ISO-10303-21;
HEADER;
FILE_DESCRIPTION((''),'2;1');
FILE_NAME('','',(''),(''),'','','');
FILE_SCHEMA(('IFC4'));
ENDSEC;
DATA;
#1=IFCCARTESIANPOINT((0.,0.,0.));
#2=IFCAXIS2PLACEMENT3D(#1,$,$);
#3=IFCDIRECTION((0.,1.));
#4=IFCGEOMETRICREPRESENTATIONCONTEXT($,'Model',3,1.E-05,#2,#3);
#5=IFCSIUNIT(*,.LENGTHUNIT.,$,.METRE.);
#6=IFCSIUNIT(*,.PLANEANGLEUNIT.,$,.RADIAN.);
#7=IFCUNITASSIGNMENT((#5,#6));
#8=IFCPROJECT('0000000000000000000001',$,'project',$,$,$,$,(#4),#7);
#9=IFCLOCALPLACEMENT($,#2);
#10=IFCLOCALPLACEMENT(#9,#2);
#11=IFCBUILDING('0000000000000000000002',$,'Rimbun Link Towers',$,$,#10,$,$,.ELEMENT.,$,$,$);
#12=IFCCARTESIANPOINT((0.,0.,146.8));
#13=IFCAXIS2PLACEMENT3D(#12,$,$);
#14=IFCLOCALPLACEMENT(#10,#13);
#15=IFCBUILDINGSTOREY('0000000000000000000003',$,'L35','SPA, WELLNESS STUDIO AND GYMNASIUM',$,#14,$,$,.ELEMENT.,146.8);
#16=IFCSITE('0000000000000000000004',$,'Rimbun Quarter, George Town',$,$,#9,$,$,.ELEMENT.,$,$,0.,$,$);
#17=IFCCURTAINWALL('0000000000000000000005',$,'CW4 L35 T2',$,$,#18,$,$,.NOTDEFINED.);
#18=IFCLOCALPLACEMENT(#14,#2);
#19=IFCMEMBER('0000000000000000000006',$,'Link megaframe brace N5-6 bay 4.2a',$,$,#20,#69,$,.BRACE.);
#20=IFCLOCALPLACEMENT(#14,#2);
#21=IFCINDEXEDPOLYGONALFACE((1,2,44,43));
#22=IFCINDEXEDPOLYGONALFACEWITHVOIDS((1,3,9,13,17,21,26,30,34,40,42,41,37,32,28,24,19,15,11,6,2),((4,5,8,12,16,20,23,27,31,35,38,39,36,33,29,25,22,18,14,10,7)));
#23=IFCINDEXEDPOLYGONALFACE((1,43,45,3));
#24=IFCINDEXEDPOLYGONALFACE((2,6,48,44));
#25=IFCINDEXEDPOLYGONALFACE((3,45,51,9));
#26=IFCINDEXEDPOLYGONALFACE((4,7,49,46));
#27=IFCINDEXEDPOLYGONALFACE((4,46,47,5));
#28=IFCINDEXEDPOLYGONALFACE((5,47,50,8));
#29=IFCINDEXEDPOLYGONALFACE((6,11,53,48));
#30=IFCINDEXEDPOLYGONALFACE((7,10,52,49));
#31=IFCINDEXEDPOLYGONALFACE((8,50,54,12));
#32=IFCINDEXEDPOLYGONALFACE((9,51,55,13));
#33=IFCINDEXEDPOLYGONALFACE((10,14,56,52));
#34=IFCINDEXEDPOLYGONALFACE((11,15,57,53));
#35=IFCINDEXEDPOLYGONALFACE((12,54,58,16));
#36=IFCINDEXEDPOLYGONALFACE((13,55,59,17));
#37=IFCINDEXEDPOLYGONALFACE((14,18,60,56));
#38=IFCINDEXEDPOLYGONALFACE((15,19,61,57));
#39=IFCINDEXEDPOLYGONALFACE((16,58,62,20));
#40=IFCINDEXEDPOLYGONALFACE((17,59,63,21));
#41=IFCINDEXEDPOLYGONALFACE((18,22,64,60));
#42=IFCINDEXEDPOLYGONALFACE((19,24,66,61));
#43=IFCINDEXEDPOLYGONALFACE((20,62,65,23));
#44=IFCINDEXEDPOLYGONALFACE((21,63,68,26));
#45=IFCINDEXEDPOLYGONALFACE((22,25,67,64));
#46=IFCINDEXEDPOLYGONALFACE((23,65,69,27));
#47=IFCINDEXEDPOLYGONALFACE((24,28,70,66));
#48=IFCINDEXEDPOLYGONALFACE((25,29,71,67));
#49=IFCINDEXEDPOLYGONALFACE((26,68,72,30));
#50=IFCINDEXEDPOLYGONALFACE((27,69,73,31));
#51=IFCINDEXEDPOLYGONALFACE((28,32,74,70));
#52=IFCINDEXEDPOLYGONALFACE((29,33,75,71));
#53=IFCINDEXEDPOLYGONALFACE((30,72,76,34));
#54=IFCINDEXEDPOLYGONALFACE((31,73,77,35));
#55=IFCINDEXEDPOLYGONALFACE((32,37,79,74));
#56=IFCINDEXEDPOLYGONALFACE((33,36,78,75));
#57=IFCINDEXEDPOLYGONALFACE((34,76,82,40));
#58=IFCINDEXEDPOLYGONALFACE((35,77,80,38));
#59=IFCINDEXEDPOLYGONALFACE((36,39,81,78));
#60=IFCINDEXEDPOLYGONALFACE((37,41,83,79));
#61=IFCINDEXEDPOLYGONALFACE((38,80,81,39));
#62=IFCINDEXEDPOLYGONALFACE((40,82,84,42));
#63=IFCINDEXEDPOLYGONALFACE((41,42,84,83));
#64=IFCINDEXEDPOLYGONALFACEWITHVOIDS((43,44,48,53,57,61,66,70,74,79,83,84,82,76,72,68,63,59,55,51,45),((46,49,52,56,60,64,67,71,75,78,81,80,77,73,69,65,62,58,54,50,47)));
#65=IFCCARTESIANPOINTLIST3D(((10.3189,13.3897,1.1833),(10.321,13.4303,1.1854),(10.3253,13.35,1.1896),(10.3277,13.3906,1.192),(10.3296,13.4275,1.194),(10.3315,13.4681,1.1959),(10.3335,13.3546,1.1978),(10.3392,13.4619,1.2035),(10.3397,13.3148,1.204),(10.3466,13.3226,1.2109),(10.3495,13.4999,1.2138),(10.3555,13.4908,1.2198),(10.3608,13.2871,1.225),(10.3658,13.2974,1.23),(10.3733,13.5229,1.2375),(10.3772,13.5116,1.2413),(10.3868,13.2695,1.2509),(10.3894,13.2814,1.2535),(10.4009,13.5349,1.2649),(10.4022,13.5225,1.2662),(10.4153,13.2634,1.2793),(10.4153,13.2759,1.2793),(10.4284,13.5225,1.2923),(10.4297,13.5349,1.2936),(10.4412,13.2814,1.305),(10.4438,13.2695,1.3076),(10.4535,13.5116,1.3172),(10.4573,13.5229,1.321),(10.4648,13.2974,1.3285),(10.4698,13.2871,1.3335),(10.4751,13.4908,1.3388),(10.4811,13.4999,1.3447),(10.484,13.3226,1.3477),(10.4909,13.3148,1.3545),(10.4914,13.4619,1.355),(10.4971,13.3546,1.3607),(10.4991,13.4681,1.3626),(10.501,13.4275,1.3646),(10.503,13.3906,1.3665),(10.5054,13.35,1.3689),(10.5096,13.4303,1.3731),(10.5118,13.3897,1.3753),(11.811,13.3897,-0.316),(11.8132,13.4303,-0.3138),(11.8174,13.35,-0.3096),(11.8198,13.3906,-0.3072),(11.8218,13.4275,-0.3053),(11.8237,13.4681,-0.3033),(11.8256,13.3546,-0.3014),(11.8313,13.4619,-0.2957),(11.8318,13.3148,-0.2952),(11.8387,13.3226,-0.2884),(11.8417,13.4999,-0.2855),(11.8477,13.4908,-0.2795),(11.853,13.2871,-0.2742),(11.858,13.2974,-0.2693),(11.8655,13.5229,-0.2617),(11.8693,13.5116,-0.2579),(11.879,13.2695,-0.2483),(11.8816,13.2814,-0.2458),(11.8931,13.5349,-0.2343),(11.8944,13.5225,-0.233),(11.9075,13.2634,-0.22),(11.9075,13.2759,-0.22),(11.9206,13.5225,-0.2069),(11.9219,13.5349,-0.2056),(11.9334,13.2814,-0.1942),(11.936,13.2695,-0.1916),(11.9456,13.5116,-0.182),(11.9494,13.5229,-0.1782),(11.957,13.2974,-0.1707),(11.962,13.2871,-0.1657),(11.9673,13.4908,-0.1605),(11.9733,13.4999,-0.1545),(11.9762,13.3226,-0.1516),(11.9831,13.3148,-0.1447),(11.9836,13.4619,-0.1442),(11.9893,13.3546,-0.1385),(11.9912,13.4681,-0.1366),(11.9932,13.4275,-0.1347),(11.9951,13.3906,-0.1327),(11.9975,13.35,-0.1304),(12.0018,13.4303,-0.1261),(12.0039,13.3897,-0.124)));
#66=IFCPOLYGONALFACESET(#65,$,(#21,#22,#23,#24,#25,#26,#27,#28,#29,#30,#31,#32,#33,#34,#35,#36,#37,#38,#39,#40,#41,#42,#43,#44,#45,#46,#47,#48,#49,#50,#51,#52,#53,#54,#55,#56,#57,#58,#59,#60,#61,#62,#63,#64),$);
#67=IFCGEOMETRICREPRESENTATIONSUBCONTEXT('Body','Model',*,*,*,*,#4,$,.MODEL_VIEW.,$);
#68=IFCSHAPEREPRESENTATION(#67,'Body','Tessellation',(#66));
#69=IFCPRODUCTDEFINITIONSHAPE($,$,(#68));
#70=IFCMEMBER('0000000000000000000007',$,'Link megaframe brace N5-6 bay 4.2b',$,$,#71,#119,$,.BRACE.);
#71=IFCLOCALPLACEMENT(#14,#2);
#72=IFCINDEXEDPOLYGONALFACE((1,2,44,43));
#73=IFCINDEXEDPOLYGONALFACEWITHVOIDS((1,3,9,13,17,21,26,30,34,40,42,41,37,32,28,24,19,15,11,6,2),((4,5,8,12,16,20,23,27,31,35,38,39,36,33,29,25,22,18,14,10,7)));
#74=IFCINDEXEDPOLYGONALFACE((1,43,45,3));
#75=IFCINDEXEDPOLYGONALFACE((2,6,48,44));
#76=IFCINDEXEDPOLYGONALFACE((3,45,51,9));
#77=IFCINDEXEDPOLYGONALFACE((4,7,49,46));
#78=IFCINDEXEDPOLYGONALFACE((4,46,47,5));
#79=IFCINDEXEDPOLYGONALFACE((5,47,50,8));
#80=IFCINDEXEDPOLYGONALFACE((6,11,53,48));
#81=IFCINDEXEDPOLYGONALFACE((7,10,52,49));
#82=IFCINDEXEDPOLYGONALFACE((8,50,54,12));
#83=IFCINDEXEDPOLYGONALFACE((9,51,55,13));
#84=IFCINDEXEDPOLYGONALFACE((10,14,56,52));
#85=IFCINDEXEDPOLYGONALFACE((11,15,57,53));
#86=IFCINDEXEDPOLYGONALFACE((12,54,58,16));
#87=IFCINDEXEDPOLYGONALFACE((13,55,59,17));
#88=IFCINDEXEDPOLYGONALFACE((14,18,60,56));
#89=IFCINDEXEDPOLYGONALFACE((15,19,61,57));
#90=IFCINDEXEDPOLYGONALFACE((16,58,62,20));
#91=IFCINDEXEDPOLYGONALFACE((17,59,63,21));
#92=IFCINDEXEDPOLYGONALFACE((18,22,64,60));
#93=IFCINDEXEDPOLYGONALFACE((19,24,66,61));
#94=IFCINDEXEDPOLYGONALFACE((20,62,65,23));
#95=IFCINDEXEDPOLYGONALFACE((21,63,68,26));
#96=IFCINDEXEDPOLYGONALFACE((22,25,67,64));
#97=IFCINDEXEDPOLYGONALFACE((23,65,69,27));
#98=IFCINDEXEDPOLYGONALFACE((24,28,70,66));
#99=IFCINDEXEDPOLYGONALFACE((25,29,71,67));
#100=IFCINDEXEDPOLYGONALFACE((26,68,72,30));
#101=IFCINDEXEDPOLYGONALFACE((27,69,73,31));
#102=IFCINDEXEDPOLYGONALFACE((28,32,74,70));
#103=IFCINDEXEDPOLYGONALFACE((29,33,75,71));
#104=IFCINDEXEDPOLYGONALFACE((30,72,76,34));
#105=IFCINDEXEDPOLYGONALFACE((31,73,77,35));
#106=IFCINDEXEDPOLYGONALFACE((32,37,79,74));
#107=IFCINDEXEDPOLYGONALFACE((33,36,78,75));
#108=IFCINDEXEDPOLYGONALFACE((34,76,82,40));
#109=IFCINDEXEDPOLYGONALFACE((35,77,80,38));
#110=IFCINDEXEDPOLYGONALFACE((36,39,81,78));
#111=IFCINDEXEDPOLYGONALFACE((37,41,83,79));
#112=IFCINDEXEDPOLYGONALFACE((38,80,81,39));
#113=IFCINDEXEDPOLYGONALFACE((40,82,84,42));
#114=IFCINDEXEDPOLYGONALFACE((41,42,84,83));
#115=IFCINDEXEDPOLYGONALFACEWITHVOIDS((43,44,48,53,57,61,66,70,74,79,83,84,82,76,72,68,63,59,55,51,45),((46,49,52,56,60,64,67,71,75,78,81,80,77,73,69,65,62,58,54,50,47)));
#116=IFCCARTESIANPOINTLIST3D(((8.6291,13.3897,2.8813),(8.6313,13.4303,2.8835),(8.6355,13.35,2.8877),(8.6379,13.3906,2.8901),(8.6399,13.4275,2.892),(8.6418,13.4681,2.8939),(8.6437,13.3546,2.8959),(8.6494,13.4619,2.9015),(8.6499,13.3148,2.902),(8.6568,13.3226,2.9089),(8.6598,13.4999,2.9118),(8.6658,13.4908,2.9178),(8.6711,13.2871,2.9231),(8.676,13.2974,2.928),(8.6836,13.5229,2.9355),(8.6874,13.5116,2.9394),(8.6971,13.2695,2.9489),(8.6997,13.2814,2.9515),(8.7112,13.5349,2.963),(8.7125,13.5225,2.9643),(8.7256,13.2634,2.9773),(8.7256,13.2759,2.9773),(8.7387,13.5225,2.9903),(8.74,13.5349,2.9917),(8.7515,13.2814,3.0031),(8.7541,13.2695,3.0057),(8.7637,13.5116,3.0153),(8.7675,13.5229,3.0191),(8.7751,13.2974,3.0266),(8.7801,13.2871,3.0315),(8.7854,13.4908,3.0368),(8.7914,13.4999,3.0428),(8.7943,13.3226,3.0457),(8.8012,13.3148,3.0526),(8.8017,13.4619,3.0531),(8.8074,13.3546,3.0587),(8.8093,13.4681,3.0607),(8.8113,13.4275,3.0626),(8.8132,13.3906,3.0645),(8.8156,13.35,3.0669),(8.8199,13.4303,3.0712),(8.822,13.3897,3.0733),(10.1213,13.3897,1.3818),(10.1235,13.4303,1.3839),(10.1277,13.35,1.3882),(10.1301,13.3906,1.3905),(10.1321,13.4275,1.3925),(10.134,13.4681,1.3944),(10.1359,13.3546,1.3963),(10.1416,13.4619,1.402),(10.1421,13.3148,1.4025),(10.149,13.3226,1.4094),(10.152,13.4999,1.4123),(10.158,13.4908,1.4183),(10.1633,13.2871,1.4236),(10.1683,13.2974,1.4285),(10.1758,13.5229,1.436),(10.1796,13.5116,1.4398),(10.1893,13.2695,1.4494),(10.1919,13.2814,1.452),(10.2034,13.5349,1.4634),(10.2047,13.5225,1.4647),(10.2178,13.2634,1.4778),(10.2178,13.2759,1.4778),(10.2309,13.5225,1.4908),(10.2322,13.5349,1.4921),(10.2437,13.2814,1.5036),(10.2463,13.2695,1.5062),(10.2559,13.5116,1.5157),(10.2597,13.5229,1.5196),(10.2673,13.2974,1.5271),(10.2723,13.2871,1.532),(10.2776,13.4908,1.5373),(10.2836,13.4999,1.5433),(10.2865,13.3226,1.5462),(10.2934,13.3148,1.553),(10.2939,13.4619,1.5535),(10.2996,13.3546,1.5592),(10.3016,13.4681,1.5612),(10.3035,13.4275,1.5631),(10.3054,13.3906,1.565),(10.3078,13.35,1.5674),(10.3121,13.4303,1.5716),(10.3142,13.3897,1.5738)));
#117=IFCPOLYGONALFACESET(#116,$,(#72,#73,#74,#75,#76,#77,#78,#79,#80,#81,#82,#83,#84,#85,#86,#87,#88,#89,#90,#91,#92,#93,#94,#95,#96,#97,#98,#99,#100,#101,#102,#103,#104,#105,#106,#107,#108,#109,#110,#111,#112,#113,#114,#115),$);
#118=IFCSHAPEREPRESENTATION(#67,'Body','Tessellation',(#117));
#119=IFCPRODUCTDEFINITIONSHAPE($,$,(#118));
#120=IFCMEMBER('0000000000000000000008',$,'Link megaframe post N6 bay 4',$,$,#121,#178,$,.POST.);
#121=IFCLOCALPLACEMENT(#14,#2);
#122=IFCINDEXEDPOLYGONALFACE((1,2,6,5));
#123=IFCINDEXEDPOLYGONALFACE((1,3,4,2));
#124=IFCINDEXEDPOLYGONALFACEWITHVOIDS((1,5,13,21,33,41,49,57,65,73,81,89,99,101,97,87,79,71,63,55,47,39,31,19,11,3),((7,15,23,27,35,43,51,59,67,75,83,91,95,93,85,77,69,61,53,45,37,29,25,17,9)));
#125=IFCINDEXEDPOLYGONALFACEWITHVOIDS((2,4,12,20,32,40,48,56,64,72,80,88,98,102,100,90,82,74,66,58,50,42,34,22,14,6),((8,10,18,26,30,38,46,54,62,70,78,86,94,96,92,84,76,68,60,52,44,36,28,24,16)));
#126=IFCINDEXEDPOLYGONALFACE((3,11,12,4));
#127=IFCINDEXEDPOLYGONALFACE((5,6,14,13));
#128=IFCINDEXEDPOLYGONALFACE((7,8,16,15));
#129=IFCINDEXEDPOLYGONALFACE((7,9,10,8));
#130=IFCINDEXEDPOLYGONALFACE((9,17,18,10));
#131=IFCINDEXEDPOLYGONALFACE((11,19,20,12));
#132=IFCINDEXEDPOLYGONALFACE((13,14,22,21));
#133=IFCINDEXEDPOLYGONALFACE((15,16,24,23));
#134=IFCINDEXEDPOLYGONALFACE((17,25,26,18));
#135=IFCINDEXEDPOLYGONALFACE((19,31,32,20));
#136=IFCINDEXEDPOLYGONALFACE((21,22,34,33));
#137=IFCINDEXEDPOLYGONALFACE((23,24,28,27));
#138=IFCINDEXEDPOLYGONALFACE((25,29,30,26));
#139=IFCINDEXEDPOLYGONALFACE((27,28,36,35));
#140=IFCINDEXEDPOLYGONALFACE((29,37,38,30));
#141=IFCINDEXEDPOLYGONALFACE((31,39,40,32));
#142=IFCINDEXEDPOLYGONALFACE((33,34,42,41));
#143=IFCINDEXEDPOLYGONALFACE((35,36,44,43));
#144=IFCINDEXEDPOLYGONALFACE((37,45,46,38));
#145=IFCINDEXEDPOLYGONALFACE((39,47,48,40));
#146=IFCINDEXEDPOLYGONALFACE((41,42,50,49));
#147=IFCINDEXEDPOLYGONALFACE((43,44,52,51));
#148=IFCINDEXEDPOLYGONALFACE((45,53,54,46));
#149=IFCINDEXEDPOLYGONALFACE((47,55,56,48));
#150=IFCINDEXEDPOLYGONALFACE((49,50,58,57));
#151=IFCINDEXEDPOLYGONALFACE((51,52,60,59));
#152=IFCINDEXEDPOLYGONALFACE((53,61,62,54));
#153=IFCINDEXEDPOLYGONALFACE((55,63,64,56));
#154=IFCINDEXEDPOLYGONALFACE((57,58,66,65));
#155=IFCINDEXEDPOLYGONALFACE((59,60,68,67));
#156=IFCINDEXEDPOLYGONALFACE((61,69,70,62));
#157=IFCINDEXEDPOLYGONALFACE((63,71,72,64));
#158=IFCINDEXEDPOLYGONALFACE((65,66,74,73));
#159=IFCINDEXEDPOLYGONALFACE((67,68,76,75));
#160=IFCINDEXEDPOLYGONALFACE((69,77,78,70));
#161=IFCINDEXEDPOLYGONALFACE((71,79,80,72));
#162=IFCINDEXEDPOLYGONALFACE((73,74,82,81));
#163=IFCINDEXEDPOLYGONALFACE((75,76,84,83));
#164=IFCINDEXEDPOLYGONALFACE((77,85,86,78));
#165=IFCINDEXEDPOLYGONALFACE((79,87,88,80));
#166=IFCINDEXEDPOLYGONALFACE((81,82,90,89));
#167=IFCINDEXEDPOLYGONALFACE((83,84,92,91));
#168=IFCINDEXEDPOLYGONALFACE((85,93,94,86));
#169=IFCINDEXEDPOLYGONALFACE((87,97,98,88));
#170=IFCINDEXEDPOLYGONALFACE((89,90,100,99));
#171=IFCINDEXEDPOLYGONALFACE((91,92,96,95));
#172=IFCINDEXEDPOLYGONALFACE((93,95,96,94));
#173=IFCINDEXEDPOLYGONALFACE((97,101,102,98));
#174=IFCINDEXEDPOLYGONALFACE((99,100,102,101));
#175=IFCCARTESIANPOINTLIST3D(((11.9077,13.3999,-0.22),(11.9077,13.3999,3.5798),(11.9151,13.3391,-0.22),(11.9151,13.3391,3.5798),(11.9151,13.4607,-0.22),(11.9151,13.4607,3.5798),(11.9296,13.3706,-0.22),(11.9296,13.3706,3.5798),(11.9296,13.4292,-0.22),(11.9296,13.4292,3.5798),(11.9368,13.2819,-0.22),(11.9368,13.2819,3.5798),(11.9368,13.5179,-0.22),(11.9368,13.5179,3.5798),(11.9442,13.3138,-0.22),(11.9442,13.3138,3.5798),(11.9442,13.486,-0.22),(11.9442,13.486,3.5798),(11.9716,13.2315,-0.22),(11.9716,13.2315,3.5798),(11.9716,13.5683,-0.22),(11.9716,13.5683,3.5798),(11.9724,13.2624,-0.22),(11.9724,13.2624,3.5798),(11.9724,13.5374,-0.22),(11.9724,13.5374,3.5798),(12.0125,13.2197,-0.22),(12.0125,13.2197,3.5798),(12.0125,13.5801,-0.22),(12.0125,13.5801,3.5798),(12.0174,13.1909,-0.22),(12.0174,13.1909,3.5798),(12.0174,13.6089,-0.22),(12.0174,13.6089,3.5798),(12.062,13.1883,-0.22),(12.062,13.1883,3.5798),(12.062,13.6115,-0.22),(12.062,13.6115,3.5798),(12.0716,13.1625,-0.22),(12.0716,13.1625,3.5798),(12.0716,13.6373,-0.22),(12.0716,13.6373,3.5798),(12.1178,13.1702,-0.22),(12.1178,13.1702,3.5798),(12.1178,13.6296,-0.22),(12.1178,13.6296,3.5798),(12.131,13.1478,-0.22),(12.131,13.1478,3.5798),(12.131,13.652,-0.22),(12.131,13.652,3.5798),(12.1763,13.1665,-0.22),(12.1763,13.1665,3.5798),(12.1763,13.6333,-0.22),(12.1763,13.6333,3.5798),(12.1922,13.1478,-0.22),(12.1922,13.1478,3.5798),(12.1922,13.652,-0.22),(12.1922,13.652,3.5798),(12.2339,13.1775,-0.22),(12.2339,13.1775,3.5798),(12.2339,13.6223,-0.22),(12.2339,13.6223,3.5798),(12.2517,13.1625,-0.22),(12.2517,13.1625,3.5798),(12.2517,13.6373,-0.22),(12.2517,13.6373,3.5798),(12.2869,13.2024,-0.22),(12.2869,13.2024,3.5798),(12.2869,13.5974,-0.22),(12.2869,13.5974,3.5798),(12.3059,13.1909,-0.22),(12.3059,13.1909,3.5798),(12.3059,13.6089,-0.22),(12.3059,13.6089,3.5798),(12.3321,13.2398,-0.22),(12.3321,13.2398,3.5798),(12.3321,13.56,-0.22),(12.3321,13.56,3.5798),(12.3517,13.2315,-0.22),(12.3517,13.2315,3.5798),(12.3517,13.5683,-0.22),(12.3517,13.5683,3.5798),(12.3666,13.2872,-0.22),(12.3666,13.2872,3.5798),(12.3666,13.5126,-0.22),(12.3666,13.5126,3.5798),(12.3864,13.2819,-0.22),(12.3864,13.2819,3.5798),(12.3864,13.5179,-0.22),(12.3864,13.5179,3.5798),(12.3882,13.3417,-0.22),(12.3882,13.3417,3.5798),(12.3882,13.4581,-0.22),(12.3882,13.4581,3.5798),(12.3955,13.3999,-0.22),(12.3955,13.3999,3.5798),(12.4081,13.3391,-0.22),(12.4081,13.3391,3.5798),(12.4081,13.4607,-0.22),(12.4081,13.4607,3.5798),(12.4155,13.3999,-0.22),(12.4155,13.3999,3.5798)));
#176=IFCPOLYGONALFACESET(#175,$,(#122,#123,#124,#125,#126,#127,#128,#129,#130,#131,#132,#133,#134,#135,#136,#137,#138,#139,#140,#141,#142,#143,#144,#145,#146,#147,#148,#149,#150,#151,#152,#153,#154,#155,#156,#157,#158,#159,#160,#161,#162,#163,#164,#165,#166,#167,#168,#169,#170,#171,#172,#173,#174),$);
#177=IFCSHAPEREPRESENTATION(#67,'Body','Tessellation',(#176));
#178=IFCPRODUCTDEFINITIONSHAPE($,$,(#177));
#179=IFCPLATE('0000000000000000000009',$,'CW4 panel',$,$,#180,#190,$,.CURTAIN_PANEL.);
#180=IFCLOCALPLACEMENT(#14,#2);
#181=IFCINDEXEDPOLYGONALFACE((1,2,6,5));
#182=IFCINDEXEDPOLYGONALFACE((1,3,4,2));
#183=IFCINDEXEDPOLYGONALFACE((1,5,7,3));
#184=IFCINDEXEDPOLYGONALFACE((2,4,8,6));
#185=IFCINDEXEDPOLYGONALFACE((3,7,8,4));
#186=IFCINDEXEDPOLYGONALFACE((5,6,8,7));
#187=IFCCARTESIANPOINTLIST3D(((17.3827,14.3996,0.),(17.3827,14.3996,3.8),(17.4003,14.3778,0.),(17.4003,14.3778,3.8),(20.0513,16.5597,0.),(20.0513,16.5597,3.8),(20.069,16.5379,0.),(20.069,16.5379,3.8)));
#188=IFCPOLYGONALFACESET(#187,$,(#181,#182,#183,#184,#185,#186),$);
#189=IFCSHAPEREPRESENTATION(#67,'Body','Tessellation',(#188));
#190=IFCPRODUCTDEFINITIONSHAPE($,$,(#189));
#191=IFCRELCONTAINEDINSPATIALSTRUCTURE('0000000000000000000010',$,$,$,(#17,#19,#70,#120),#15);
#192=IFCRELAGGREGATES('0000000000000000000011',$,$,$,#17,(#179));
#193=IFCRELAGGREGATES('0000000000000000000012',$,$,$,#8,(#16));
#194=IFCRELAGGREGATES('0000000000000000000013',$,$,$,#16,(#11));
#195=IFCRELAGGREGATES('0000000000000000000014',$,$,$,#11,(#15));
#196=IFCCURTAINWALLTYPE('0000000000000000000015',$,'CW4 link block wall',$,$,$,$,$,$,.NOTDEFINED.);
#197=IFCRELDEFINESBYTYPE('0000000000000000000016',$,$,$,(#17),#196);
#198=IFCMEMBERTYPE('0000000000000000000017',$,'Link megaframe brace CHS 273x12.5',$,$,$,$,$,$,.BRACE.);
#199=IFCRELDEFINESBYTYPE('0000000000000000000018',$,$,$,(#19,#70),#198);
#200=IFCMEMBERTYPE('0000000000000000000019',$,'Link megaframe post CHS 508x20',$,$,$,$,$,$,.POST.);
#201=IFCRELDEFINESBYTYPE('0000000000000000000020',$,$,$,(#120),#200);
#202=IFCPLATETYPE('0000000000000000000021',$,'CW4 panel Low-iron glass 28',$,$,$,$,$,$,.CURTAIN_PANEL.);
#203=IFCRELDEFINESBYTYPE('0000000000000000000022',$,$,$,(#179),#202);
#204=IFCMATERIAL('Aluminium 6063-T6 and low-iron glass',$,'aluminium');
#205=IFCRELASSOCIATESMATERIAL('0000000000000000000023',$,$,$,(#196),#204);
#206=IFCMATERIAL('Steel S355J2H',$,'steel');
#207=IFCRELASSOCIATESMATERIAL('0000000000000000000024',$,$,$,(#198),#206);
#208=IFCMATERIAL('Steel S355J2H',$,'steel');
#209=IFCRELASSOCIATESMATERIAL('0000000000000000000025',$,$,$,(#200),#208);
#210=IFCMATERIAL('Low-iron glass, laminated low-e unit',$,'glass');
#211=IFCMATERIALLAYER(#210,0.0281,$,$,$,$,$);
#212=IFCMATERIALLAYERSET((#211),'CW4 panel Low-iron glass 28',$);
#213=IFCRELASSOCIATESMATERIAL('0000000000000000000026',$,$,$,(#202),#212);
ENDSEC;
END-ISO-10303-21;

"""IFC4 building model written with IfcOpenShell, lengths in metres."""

from ifc_helpers import new_model, si_unit, direction, frame, origin, origin_2d, place, context, subcontext, project, spatial, rectangle, hollow_circle, extrude, material, layer, layer_set, material_profile, profile_set, type_object, element, aggregate, save


model = new_model("IFC4")

# Units and contexts
model_context = context("Model", 3, precision=1e-05, world=origin(), true_north=direction((0.0, 1.0)))
body_context = subcontext(model_context, "Body", "Model", "MODEL_VIEW")
ifc_project = project(units=[si_unit("LENGTHUNIT", "METRE"), si_unit("PLANEANGLEUNIT", "RADIAN")], contexts=[model_context])

# Site, building, storey
site_placement = place(None, origin())
site = spatial("IfcSite", under=ifc_project, at=site_placement, Name="Rimbun Quarter, George Town", CompositionType="ELEMENT", RefElevation=0.0)
building_placement = place(site_placement, origin())
building = spatial("IfcBuilding", under=site, at=building_placement, Name="Rimbun Link Towers", CompositionType="ELEMENT")
storey_placement = place(building_placement, frame((0.0, 0.0, 146.8)))
storey = spatial("IfcBuildingStorey", under=building, at=storey_placement, Name="L35", Description="SPA, WELLNESS STUDIO AND GYMNASIUM", CompositionType="ELEMENT", Elevation=146.8)

# Curtain wall
ifc_material_1 = material(Name="Aluminium 6063-T6 and low-iron glass", Category="aluminium")
curtain_wall_type = type_object("IfcCurtainWallType", Name="CW4 link block wall", PredefinedType="NOTDEFINED", material=ifc_material_1)
curtain_wall_1_placement = place(storey_placement, origin())
curtain_wall_1 = element("IfcCurtainWall", 1, at=curtain_wall_1_placement, inside=storey, type_object=curtain_wall_type, Name="CW4 L35 T2", PredefinedType="NOTDEFINED")

# Members
ifc_material_2 = material(Name="Steel S355J2H", Category="steel")
ifc_material_profile_1 = material_profile(ifc_material_2, hollow_circle(Radius=0.1365, WallThickness=0.0125, at=origin_2d()), Name="CHS 273x12.5")
ifc_profile_set_1 = profile_set([ifc_material_profile_1], Name="Steel S355J2H")
member_type_1 = type_object("IfcMemberType", Name="Link megaframe brace CHS 273x12.5", PredefinedType="BRACE", material=ifc_profile_set_1)
member_1_placement = place(storey_placement, frame((11.9075, 13.3999, -0.22), z_axis=(-0.705431, 0.0, 0.708778), x_axis=(0.0, -1.0, 0.0)))
element("IfcMember", 2, at=member_1_placement, inside=storey, type_object=member_type_1, Name="Link megaframe brace N5-6 bay 4.2a", PredefinedType="BRACE", context=body_context, shape_type="SweptSolid", body=[
    extrude(hollow_circle(Radius=0.1365, WallThickness=0.0125, at=origin_2d()), origin(), (0.0, 0.0, 1.0), 2.1152),
])
member_2_placement = place(storey_placement, frame((10.2178, 13.3999, 1.4778), z_axis=(-0.705374, 0.0, 0.708836), x_axis=(0.0, -1.0, 0.0)))
element("IfcMember", 3, at=member_2_placement, inside=storey, type_object=member_type_1, Name="Link megaframe brace N5-6 bay 4.2b", PredefinedType="BRACE", context=body_context, shape_type="SweptSolid", body=[
    extrude(hollow_circle(Radius=0.1365, WallThickness=0.0125, at=origin_2d()), origin(), (0.0, 0.0, 1.0), 2.1155),
])
ifc_material_3 = material(Name="Steel S355J2H", Category="steel")
ifc_material_profile_2 = material_profile(ifc_material_3, hollow_circle(Radius=0.2539, WallThickness=0.02, at=origin_2d()), Name="CHS 508x20")
ifc_profile_set_2 = profile_set([ifc_material_profile_2], Name="Steel S355J2H")
member_type_2 = type_object("IfcMemberType", Name="Link megaframe post CHS 508x20", PredefinedType="POST", material=ifc_profile_set_2)
member_3_placement = place(storey_placement, frame((12.1616, 13.3999, -0.22), z_axis=(0.0, 0.0, 1.0), x_axis=(1.0, 0.0, 0.0)))
element("IfcMember", 4, at=member_3_placement, inside=storey, type_object=member_type_2, Name="Link megaframe post N6 bay 4", PredefinedType="POST", context=body_context, shape_type="SweptSolid", body=[
    extrude(hollow_circle(Radius=0.2539, WallThickness=0.02, at=origin_2d()), origin(), (0.0, 0.0, 1.0), 3.7998),
])

# Plate
ifc_material_4 = material(Name="Low-iron glass, laminated low-e unit", Category="glass")
ifc_layer_1 = layer(ifc_material_4, 0.0281)
ifc_layer_set_1 = layer_set([ifc_layer_1], Name="CW4 panel Low-iron glass 28")
plate_type = type_object("IfcPlateType", Name="CW4 panel Low-iron glass 28", PredefinedType="CURTAIN_PANEL", material=ifc_layer_set_1)
plate_1_placement = place(storey_placement, frame((18.7258, 15.4688, 0.0), z_axis=(0.0, 0.0, 1.0), x_axis=(0.777277, 0.629159, 0.0)))
plate_1 = element("IfcPlate", 5, at=plate_1_placement, type_object=plate_type, Name="CW4 panel", PredefinedType="CURTAIN_PANEL", context=body_context, shape_type="SweptSolid", body=[
    extrude(rectangle(XDim=3.4333, YDim=0.0281, at=origin_2d()), origin(), (0.0, 0.0, 1.0), 3.8),
])
aggregate(curtain_wall_1, [plate_1])

save(model, "model.ifc")
